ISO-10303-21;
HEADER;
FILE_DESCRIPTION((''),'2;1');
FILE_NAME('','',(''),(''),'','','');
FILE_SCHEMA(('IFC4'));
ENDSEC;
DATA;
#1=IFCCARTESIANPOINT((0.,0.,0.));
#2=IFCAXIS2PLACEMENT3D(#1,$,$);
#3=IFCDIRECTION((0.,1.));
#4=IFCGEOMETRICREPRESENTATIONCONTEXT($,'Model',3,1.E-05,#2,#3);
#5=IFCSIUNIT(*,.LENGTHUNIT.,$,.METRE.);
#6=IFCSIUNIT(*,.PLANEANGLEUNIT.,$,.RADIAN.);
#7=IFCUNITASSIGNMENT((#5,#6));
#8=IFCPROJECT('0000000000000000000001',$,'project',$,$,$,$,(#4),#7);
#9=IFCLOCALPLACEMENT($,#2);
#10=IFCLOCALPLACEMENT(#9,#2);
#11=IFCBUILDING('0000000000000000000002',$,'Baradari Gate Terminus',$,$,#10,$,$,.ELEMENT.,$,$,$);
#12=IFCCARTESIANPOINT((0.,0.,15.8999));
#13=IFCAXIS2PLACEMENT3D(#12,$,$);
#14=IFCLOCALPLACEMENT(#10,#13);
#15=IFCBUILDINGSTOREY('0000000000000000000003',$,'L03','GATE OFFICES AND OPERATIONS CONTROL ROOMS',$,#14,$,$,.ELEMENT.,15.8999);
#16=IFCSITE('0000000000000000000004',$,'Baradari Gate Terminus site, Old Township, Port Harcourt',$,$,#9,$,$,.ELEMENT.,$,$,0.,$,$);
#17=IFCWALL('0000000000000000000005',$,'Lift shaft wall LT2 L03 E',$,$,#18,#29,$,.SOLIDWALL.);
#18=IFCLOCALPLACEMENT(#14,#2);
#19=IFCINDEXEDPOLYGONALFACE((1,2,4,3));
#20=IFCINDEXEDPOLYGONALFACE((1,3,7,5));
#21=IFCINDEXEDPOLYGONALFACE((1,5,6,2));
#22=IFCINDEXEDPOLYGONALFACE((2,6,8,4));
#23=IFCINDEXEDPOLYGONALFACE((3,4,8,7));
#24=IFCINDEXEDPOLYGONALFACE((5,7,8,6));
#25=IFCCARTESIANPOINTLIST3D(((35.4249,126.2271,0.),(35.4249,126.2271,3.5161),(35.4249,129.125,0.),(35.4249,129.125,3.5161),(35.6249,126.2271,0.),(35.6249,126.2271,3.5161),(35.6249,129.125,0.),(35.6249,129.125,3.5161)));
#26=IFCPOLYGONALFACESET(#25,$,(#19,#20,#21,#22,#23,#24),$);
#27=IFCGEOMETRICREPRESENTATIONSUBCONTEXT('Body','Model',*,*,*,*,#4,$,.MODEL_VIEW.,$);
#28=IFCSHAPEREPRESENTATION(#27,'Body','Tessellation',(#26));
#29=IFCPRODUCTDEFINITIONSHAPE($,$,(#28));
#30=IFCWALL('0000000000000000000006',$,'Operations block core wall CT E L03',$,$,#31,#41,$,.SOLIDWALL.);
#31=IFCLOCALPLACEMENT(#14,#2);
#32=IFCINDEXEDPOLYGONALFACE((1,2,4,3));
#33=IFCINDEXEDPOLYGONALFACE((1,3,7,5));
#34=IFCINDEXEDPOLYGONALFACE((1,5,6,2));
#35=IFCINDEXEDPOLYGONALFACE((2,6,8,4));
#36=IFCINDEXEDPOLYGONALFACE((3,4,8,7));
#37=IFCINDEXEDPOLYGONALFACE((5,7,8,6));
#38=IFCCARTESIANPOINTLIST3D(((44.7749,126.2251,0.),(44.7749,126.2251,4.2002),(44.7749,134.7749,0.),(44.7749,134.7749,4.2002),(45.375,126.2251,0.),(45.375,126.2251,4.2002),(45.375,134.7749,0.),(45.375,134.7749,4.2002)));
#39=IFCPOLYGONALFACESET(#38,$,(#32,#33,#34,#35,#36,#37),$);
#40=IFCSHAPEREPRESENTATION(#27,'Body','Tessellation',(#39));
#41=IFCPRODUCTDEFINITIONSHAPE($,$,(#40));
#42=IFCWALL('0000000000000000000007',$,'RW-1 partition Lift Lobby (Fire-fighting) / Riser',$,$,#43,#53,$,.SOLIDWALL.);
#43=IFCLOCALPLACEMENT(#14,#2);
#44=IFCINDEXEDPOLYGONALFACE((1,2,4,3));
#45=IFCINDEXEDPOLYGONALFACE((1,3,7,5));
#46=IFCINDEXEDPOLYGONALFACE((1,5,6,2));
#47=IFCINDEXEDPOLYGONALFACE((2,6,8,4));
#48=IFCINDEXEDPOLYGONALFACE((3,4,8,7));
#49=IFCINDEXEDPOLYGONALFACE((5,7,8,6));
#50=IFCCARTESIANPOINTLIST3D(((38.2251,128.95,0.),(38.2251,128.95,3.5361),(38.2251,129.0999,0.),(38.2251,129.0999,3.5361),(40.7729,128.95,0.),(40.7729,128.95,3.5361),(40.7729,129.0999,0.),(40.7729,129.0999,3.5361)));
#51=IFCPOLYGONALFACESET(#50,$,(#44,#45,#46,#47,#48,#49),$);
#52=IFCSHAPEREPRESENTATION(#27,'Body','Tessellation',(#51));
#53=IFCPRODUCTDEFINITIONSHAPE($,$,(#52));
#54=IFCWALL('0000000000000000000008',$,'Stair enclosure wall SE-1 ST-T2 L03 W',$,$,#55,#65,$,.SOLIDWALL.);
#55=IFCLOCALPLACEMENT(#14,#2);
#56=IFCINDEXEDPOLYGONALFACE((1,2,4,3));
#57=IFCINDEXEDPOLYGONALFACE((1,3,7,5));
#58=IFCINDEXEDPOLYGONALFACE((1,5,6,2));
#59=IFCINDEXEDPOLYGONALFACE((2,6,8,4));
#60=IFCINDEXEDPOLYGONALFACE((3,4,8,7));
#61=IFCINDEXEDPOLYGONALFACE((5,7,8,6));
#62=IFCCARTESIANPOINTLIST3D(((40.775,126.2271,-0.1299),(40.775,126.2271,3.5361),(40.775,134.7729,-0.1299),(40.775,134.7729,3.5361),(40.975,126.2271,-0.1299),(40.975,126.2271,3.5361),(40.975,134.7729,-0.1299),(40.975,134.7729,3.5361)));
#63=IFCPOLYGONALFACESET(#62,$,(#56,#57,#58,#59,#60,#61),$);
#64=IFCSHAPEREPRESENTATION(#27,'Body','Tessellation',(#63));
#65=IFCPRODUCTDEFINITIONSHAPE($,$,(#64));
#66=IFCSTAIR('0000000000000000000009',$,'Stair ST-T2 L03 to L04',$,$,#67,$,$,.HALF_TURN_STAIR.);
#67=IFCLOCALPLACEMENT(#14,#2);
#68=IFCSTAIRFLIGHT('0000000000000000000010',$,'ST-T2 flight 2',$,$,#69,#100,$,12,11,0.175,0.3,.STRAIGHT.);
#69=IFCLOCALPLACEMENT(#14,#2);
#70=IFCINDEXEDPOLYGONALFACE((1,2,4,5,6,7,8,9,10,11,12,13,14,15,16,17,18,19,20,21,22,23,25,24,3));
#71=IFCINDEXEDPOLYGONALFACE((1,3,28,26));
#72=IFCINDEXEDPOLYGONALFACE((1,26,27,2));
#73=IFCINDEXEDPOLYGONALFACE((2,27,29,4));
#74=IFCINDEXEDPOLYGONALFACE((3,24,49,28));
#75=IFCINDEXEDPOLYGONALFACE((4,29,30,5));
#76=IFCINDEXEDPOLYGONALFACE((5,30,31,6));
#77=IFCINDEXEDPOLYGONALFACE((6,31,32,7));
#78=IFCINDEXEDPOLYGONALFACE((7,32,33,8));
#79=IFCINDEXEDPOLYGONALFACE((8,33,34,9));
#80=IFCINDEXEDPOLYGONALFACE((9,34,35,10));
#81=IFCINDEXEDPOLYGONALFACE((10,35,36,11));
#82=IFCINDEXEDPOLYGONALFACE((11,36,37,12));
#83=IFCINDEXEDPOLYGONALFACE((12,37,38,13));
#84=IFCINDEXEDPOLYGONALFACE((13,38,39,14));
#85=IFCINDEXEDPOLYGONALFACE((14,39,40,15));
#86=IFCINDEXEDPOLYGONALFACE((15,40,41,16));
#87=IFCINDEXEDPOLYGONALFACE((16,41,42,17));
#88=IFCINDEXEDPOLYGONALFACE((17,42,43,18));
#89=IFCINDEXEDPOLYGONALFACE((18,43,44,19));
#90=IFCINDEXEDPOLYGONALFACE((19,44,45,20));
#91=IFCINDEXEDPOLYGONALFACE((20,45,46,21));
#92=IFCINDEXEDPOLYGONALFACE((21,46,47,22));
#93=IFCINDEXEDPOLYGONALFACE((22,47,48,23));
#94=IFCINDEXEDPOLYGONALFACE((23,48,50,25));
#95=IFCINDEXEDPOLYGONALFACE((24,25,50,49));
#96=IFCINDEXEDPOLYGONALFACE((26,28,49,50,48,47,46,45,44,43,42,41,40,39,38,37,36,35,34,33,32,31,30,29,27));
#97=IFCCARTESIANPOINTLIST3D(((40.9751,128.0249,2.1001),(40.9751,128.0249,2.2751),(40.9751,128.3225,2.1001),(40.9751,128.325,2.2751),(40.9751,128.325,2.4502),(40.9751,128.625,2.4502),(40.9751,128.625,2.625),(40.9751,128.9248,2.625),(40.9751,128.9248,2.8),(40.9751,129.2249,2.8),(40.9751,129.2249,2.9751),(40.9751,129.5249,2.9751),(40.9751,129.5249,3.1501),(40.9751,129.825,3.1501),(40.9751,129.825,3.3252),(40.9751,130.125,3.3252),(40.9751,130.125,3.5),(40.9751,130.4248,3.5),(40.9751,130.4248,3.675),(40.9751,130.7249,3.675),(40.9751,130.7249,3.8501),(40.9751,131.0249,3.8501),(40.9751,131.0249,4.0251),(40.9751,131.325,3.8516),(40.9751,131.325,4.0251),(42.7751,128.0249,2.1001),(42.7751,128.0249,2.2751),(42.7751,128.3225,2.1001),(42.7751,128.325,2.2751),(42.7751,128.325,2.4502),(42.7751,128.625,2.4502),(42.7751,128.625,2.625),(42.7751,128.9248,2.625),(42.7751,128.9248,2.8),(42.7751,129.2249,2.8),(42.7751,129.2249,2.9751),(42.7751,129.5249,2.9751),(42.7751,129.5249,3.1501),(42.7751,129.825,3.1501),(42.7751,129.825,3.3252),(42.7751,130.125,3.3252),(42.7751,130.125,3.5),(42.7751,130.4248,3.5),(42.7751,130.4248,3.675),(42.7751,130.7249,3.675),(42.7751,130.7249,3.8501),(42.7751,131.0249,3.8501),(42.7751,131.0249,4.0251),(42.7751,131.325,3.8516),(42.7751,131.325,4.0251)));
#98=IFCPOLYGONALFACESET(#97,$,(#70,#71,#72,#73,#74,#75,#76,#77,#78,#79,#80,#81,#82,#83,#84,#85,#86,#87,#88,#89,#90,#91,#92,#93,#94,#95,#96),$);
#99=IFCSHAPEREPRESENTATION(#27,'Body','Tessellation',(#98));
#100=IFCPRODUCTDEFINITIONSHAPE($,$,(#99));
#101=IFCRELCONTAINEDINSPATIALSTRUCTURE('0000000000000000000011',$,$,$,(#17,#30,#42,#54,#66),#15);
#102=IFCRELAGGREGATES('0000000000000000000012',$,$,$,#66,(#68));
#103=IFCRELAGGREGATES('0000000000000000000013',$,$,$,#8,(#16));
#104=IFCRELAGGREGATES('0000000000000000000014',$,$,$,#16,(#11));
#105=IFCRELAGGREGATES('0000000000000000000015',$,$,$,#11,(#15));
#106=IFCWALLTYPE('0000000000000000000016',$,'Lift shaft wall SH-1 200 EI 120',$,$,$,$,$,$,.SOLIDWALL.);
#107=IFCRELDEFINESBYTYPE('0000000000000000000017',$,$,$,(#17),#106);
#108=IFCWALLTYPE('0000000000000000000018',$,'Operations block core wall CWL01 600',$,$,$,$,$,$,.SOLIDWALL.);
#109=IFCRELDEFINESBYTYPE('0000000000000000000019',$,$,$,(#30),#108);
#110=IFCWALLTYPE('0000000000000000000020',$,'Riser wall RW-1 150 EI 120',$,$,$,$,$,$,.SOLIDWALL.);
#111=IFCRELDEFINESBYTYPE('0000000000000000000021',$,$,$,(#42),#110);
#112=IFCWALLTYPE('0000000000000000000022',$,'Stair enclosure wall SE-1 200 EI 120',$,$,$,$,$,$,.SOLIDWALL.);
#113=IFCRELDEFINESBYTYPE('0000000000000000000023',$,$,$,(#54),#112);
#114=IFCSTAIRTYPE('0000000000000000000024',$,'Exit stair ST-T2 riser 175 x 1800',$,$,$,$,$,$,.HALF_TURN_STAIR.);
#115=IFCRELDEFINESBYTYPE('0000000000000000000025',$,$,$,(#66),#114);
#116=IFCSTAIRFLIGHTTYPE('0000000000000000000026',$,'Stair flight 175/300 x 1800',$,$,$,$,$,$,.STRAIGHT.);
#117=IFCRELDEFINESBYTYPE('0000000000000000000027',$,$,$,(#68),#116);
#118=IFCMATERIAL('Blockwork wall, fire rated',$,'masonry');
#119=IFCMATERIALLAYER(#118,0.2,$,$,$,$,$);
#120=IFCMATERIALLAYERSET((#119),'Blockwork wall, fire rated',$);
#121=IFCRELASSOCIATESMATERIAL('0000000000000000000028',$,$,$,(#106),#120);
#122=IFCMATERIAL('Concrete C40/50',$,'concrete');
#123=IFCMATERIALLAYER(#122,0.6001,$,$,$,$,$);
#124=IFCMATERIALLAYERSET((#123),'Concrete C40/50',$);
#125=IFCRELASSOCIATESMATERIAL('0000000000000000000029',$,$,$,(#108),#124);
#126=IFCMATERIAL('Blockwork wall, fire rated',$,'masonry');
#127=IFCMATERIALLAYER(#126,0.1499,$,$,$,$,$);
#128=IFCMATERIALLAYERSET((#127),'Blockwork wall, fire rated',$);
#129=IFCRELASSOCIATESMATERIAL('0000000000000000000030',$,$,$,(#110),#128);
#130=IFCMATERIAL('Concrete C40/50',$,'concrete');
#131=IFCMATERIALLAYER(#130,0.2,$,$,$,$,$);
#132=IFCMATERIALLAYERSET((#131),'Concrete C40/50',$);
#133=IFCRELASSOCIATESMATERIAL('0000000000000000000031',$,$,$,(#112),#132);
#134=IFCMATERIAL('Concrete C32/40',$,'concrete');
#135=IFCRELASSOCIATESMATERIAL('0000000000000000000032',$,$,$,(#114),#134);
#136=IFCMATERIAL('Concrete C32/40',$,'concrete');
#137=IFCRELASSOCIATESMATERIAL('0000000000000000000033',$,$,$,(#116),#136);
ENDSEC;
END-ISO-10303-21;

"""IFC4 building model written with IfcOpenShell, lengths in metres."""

from ifc_helpers import new_model, si_unit, direction, frame, frame_2d, origin, place, context, subcontext, project, spatial, polyline, rectangle, outline, extrude, material, layer, layer_set, type_object, element, aggregate, save


model = new_model("IFC4")

# Units and contexts
model_context = context("Model", 3, precision=1e-05, world=origin(), true_north=direction((0.0, 1.0)))
body_context = subcontext(model_context, "Body", "Model", "MODEL_VIEW")
ifc_project = project(units=[si_unit("LENGTHUNIT", "METRE"), si_unit("PLANEANGLEUNIT", "RADIAN")], contexts=[model_context])

# Site, building, storey
site_placement = place(None, origin())
site = spatial("IfcSite", under=ifc_project, at=site_placement, Name="Baradari Gate Terminus site, Old Township, Port Harcourt", CompositionType="ELEMENT", RefElevation=0.0)
building_placement = place(site_placement, origin())
building = spatial("IfcBuilding", under=site, at=building_placement, Name="Baradari Gate Terminus", CompositionType="ELEMENT")
storey_placement = place(building_placement, frame((0.0, 0.0, 15.8999)))
storey = spatial("IfcBuildingStorey", under=building, at=storey_placement, Name="L03", Description="GATE OFFICES AND OPERATIONS CONTROL ROOMS", CompositionType="ELEMENT", Elevation=15.8999)

# Walls
ifc_material_1 = material(Name="Blockwork wall, fire rated", Category="masonry")
ifc_layer_1 = layer(ifc_material_1, 0.2)
ifc_layer_set_1 = layer_set([ifc_layer_1], Name="Blockwork wall, fire rated")
wall_type_1 = type_object("IfcWallType", Name="Lift shaft wall SH-1 200 EI 120", PredefinedType="SOLIDWALL", material=ifc_layer_set_1)
wall_1_placement = place(storey_placement, frame((35.5249, 126.2271, 0.0), z_axis=(0.0, 0.0, 1.0), x_axis=(0.0, 1.0, 0.0)))
element("IfcWall", 1, at=wall_1_placement, inside=storey, type_object=wall_type_1, Name="Lift shaft wall LT2 L03 E", PredefinedType="SOLIDWALL", context=body_context, shape_type="SweptSolid", body=[
    extrude(rectangle(XDim=2.8979, YDim=0.2, at=frame_2d((1.449, 0.0))), origin(), (0.0, 0.0, 1.0), 3.5161),
])
ifc_material_2 = material(Name="Concrete C40/50", Category="concrete")
ifc_layer_2 = layer(ifc_material_2, 0.6001)
ifc_layer_set_2 = layer_set([ifc_layer_2], Name="Concrete C40/50")
wall_type_2 = type_object("IfcWallType", Name="Operations block core wall CWL01 600", PredefinedType="SOLIDWALL", material=ifc_layer_set_2)
wall_2_placement = place(storey_placement, frame((45.075, 126.2251, 0.0), z_axis=(0.0, 0.0, 1.0), x_axis=(0.0, 1.0, 0.0)))
element("IfcWall", 2, at=wall_2_placement, inside=storey, type_object=wall_type_2, Name="Operations block core wall CT E L03", PredefinedType="SOLIDWALL", context=body_context, shape_type="SweptSolid", body=[
    extrude(rectangle(XDim=8.5498, YDim=0.6001, at=frame_2d((4.2749, 0.0))), origin(), (0.0, 0.0, 1.0), 4.2002),
])
ifc_material_3 = material(Name="Blockwork wall, fire rated", Category="masonry")
ifc_layer_3 = layer(ifc_material_3, 0.1499)
ifc_layer_set_3 = layer_set([ifc_layer_3], Name="Blockwork wall, fire rated")
wall_type_3 = type_object("IfcWallType", Name="Riser wall RW-1 150 EI 120", PredefinedType="SOLIDWALL", material=ifc_layer_set_3)
wall_3_placement = place(storey_placement, frame((40.7729, 129.0249, 0.0), z_axis=(0.0, 0.0, 1.0), x_axis=(-1.0, 0.0, 0.0)))
element("IfcWall", 3, at=wall_3_placement, inside=storey, type_object=wall_type_3, Name="RW-1 partition Lift Lobby (Fire-fighting) / Riser", PredefinedType="SOLIDWALL", context=body_context, shape_type="SweptSolid", body=[
    extrude(rectangle(XDim=2.5479, YDim=0.1499, at=frame_2d((1.2739, 0.0))), origin(), (0.0, 0.0, 1.0), 3.5361),
])
ifc_material_4 = material(Name="Concrete C40/50", Category="concrete")
ifc_layer_4 = layer(ifc_material_4, 0.2)
ifc_layer_set_4 = layer_set([ifc_layer_4], Name="Concrete C40/50")
wall_type_4 = type_object("IfcWallType", Name="Stair enclosure wall SE-1 200 EI 120", PredefinedType="SOLIDWALL", material=ifc_layer_set_4)
wall_4_placement = place(storey_placement, frame((40.875, 126.2271, -0.1299), z_axis=(0.0, 0.0, 1.0), x_axis=(0.0, 1.0, 0.0)))
element("IfcWall", 4, at=wall_4_placement, inside=storey, type_object=wall_type_4, Name="Stair enclosure wall SE-1 ST-T2 L03 W", PredefinedType="SOLIDWALL", context=body_context, shape_type="SweptSolid", body=[
    extrude(rectangle(XDim=8.5459, YDim=0.2, at=frame_2d((4.2729, 0.0))), origin(), (0.0, 0.0, 1.0), 3.666),
])

# Stair, stair flight
ifc_material_5 = material(Name="Concrete C32/40", Category="concrete")
stair_type = type_object("IfcStairType", Name="Exit stair ST-T2 riser 175 x 1800", PredefinedType="HALF_TURN_STAIR", material=ifc_material_5)
stair_placement = place(storey_placement, origin())
stair = element("IfcStair", 5, at=stair_placement, inside=storey, type_object=stair_type, Name="Stair ST-T2 L03 to L04", PredefinedType="HALF_TURN_STAIR")
ifc_material_6 = material(Name="Concrete C32/40", Category="concrete")
stair_flight_type = type_object("IfcStairFlightType", Name="Stair flight 175/300 x 1800", PredefinedType="STRAIGHT", material=ifc_material_6)
stair_flight_placement = place(storey_placement, frame((41.875, 128.0249, 2.1001), z_axis=(0.0, 0.0, 1.0), x_axis=(0.0, 1.0, 0.0)))
stair_flight = element("IfcStairFlight", 6, at=stair_flight_placement, type_object=stair_flight_type, Name="ST-T2 flight 2", NumberOfRisers=12, NumberOfTreads=11, PredefinedType="STRAIGHT", RiserHeight=0.175, TreadLength=0.3, context=body_context, shape_type="SweptSolid", body=[
    extrude(outline(polyline([(0.0, 0.0), (0.0, 0.175), (0.3, 0.175), (0.3, 0.3501), (0.6001, 0.3501), (0.6001, 0.5249), (0.8999, 0.5249), (0.8999, 0.7), (1.2, 0.7), (1.2, 0.875), (1.5, 0.875), (1.5, 1.05), (1.8, 1.05), (1.8, 1.2251), (2.1001, 1.2251), (2.1001, 1.3999), (2.3999, 1.3999), (2.3999, 1.575), (2.7, 1.575), (2.7, 1.75), (3.0, 1.75), (3.0, 1.925), (3.3, 1.925), (3.3, 2.1001), (3.3, 1.7515), (0.2976, 0.0), (0.0, 0.0)])), frame((0.0, 0.8999, 0.0), z_axis=(0.0, -1.0, 0.0), x_axis=(1.0, 0.0, 0.0)), (0.0, 0.0, 1.0), 1.8),
])
aggregate(stair, [stair_flight])

save(model, "model.ifc")
